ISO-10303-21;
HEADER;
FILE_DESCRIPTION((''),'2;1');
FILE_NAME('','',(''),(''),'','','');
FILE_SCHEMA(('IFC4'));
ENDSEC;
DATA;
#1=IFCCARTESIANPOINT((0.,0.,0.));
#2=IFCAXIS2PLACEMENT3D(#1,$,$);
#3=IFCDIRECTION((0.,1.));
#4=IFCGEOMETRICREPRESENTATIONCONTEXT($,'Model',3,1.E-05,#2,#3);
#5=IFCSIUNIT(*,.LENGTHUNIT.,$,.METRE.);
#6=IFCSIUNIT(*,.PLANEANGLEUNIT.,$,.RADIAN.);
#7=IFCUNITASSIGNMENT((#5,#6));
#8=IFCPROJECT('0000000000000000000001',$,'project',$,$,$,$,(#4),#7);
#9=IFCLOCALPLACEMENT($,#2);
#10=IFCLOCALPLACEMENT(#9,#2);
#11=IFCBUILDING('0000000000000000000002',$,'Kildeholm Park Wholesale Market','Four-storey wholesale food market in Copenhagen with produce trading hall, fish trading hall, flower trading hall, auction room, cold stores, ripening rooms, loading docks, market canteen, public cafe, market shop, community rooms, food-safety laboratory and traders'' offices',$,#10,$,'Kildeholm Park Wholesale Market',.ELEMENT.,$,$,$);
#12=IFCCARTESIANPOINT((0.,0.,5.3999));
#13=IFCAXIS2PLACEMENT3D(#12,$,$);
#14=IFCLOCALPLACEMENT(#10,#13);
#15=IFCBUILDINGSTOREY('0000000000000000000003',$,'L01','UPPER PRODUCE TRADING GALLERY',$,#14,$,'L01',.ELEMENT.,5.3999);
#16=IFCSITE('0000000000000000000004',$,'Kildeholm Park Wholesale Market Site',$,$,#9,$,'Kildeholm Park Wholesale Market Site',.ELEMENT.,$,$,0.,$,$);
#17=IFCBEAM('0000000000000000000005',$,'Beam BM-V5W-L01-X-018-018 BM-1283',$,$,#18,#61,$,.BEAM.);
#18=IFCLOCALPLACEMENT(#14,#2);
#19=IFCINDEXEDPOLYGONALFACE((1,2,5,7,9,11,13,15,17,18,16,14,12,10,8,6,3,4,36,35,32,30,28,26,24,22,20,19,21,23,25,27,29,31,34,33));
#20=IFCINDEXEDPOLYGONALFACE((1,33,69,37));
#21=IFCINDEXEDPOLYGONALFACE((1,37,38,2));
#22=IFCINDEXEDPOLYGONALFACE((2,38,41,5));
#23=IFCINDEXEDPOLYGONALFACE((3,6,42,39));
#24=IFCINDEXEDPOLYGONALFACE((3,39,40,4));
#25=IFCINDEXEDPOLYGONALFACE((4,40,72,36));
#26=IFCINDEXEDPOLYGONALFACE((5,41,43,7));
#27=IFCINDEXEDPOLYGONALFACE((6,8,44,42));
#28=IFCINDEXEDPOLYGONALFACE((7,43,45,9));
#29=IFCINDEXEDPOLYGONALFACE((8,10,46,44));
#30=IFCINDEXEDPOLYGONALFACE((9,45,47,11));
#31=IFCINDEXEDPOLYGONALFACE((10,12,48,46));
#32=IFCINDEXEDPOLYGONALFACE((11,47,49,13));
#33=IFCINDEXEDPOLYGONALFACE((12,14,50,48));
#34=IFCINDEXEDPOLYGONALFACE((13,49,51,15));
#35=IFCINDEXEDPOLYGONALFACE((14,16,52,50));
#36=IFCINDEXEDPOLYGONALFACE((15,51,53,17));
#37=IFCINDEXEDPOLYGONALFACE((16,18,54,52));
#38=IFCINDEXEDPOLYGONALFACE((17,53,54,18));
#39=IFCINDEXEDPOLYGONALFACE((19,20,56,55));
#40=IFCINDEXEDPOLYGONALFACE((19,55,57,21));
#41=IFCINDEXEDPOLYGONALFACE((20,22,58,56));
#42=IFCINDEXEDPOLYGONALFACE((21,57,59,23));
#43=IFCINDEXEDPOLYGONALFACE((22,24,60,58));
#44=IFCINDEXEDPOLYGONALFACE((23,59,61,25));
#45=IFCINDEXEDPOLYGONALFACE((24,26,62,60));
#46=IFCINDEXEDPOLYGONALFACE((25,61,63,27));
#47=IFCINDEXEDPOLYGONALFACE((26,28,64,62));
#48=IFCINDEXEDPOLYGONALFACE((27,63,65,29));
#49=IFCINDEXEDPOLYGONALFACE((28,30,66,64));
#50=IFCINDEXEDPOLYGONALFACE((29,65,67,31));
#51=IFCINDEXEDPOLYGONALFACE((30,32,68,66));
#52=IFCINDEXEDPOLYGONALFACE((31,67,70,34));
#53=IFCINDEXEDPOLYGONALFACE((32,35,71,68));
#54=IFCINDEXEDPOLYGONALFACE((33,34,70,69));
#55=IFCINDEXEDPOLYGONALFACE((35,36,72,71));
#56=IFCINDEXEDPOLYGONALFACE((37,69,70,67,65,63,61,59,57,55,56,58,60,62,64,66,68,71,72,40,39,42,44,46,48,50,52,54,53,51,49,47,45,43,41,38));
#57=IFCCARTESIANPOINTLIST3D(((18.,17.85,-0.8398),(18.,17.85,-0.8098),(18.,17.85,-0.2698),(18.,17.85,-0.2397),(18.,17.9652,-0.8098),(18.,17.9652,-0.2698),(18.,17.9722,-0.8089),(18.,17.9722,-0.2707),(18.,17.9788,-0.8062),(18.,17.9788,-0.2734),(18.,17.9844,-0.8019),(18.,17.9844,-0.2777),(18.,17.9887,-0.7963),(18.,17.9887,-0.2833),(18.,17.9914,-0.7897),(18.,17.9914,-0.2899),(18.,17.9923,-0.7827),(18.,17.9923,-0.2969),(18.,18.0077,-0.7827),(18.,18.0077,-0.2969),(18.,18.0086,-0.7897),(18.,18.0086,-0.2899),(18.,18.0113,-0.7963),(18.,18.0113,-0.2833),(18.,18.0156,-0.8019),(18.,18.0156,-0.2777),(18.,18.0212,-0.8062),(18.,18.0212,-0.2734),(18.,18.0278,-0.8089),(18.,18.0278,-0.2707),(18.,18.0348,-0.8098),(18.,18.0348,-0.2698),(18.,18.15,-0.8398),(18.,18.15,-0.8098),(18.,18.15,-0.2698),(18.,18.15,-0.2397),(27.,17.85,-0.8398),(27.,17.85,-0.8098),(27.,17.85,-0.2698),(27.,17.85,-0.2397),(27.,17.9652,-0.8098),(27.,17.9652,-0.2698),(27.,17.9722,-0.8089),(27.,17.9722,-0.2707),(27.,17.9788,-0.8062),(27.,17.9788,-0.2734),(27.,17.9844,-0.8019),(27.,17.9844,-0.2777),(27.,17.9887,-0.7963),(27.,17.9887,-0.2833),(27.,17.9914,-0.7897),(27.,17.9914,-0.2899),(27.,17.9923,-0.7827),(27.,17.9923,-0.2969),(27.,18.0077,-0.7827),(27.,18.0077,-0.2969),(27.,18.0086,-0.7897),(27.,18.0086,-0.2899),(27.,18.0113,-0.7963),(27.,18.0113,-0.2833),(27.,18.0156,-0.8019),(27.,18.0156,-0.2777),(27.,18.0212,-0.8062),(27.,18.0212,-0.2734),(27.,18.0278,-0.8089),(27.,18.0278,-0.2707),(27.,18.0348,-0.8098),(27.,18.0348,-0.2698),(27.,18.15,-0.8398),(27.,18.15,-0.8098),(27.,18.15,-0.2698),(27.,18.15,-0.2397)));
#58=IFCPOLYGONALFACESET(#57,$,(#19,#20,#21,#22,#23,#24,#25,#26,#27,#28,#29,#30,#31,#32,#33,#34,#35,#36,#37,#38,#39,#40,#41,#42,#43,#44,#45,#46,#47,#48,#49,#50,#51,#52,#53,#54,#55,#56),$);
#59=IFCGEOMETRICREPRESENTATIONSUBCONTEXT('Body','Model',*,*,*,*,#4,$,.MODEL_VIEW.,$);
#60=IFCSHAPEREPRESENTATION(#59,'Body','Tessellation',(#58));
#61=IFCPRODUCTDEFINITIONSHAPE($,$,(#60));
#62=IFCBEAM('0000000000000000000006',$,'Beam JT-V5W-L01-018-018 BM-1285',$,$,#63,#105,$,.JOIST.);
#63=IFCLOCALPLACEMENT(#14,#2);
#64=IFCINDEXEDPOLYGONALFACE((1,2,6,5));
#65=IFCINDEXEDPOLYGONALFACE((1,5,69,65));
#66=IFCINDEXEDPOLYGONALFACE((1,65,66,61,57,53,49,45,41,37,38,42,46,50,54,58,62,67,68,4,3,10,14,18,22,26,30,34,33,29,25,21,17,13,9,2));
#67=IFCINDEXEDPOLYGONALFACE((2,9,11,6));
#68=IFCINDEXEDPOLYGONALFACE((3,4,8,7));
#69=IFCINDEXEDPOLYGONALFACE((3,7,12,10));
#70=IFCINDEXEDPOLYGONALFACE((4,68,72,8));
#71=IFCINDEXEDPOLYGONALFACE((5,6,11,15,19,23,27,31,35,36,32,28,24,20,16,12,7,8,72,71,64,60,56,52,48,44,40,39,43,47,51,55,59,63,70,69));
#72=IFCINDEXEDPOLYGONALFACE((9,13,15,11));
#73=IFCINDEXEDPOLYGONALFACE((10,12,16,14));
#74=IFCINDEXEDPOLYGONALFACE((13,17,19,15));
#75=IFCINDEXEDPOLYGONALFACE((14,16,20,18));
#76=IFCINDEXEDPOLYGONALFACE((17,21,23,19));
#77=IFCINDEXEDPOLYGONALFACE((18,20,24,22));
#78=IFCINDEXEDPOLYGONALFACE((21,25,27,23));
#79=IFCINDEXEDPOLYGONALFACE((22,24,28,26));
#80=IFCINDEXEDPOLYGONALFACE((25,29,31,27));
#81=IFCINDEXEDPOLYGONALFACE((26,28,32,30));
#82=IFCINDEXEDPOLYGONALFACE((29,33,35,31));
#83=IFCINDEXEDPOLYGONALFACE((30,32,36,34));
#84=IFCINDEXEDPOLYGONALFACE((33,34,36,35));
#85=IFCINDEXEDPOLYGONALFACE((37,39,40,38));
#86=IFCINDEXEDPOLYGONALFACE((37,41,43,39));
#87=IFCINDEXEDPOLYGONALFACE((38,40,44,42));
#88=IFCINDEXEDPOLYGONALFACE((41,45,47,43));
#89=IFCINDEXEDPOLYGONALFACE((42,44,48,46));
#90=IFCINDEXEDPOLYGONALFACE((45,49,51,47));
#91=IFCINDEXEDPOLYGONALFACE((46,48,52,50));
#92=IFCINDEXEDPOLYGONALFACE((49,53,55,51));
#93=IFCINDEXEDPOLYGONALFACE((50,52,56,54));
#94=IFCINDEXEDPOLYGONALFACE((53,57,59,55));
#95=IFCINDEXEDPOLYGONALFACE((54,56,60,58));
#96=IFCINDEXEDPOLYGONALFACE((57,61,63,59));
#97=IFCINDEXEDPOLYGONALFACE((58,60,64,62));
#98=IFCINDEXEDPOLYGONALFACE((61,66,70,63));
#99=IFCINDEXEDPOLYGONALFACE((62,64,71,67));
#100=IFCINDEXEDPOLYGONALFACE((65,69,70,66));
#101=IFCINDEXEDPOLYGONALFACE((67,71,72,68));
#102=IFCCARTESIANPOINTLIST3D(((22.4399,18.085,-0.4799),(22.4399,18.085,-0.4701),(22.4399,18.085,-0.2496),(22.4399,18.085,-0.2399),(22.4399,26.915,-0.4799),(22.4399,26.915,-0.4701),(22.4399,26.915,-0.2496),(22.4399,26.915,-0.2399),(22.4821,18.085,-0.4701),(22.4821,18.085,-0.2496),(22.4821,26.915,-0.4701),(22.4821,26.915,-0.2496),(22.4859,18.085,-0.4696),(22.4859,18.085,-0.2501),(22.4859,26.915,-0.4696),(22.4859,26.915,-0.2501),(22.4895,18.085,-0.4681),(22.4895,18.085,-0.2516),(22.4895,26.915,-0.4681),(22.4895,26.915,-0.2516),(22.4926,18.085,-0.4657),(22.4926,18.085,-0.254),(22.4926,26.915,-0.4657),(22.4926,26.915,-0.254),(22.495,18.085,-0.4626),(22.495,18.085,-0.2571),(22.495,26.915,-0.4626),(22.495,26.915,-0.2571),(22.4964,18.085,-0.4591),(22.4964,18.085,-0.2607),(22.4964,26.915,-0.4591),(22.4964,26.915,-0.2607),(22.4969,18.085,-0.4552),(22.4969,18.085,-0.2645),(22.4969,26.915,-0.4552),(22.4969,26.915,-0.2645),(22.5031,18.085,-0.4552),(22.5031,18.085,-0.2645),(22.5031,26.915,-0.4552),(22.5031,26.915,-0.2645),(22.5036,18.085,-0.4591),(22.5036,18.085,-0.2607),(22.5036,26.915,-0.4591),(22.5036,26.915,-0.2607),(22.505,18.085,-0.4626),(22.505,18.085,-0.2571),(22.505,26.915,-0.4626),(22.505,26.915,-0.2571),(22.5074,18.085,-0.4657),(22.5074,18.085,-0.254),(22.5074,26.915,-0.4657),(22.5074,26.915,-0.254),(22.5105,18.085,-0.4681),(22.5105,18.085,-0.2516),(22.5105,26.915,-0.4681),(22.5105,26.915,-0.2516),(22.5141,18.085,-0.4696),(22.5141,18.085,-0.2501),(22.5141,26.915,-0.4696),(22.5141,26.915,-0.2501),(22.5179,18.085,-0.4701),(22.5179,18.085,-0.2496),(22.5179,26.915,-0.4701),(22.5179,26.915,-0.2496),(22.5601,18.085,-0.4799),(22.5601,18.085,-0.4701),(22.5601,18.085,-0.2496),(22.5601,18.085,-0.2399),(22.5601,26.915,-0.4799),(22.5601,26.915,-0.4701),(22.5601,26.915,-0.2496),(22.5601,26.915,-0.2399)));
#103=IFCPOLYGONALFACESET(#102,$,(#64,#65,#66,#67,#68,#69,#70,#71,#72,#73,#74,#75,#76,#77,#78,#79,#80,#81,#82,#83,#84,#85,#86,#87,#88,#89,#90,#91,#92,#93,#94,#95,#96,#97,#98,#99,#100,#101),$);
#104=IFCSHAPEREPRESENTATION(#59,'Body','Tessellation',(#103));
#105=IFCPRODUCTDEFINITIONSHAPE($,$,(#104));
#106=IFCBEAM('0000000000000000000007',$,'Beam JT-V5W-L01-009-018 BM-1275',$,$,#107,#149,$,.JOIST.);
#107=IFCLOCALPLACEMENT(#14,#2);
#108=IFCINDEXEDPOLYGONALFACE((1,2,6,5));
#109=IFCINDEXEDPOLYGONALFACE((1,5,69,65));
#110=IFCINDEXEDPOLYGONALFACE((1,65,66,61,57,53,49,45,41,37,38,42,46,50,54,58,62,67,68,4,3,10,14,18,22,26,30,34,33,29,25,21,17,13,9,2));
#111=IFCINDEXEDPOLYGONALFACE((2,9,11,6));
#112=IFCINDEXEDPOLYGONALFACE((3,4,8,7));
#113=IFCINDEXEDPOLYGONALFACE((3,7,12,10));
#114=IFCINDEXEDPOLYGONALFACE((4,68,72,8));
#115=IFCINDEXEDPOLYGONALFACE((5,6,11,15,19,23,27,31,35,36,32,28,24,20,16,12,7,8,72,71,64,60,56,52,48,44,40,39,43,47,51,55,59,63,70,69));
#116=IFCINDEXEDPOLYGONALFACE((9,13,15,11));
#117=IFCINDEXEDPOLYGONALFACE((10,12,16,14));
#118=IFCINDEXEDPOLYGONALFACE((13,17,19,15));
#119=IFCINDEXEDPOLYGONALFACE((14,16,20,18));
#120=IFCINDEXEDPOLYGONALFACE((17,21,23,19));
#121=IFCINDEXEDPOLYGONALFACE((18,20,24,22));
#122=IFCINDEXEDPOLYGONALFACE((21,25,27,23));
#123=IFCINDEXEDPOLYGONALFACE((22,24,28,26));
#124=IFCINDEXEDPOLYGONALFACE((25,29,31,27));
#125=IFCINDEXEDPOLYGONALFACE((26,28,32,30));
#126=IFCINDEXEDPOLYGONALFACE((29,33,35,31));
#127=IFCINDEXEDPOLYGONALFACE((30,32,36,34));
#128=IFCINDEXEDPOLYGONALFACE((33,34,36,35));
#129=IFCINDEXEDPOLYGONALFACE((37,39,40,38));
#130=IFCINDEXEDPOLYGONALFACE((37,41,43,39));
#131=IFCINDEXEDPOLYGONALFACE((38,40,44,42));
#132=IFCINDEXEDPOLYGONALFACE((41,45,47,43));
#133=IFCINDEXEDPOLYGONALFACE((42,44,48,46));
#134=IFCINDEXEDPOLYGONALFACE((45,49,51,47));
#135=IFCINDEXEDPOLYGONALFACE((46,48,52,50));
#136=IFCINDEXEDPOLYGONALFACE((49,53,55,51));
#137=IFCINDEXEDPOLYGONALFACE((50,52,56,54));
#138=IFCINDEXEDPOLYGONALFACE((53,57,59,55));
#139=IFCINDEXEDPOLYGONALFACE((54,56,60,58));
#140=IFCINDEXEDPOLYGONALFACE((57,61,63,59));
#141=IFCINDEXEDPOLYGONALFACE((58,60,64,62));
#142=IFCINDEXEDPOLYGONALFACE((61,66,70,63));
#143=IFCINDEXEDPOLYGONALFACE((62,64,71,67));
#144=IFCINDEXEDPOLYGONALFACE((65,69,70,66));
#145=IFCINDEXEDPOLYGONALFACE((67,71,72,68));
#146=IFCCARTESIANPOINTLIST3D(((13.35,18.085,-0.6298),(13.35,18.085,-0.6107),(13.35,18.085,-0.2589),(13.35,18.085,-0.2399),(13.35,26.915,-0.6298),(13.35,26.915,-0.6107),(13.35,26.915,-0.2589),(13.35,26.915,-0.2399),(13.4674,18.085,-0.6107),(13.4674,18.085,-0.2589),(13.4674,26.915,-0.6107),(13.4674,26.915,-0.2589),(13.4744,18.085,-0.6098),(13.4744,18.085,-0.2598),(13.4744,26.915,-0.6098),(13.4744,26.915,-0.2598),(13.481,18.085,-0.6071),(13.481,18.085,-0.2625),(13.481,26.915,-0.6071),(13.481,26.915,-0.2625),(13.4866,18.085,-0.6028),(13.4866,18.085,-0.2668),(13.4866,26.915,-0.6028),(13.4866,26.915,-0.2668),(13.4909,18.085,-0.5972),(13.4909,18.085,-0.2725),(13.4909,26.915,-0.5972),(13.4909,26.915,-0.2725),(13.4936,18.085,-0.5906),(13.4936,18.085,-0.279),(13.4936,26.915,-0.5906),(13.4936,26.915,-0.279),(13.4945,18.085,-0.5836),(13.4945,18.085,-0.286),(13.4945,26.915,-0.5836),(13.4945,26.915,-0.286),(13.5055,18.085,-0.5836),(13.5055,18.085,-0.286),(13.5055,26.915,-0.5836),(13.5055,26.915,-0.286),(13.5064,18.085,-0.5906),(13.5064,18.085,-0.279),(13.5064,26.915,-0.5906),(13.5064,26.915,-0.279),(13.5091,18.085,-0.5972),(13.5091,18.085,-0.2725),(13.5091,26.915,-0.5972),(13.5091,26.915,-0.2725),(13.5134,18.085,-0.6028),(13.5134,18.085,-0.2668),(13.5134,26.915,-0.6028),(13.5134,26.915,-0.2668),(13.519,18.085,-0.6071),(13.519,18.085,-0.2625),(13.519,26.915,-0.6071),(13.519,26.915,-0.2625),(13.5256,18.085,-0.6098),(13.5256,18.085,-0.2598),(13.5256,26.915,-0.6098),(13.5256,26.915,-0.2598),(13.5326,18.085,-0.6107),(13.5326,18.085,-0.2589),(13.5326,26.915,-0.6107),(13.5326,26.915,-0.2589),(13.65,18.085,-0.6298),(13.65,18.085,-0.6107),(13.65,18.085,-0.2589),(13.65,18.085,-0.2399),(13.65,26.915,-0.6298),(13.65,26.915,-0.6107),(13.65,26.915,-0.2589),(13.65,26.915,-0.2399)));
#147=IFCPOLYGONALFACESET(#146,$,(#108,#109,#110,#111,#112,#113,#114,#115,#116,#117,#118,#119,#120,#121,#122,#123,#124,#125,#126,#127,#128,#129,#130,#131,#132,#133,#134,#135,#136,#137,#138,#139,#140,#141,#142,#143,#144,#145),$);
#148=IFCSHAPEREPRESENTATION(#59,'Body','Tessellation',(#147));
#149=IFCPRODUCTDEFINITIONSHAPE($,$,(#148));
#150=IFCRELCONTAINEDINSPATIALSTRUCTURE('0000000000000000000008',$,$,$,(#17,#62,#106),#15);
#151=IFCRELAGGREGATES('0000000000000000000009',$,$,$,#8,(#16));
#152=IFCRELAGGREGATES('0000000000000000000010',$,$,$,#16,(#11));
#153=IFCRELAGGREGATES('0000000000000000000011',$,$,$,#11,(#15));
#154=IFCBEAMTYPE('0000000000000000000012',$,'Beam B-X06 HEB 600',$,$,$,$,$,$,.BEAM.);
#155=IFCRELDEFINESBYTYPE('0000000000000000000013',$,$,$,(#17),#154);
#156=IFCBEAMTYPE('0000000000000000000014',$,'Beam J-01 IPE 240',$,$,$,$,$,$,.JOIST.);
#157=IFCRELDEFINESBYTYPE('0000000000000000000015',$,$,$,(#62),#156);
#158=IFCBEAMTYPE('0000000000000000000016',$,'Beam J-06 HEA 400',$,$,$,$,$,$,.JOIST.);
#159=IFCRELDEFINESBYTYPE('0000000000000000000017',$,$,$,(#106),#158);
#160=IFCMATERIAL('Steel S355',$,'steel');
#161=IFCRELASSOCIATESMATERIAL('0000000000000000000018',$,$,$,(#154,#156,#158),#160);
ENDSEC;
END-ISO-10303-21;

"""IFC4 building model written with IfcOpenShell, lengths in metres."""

from ifc_helpers import new_model, si_unit, direction, frame, origin, origin_2d, place, context, subcontext, project, spatial, i_section, extrude, material, material_profile, profile_set, type_object, element, save


model = new_model("IFC4")

# Units and contexts
model_context = context("Model", 3, precision=1e-05, world=origin(), true_north=direction((0.0, 1.0)))
body_context = subcontext(model_context, "Body", "Model", "MODEL_VIEW")
ifc_project = project(units=[si_unit("LENGTHUNIT", "METRE"), si_unit("PLANEANGLEUNIT", "RADIAN")], contexts=[model_context])

# Site, building, storey
site_placement = place(None, origin())
site = spatial("IfcSite", under=ifc_project, at=site_placement, Name="Kildeholm Park Wholesale Market Site", LongName="Kildeholm Park Wholesale Market Site", CompositionType="ELEMENT", RefElevation=0.0)
building_placement = place(site_placement, origin())
building = spatial("IfcBuilding", under=site, at=building_placement, Name="Kildeholm Park Wholesale Market", Description="Four-storey wholesale food market in Copenhagen with produce trading hall, fish trading hall, flower trading hall, auction room, cold stores, ripening rooms, loading docks, market canteen, public cafe, market shop, community rooms, food-safety laboratory and traders' offices", LongName="Kildeholm Park Wholesale Market", CompositionType="ELEMENT")
storey_placement = place(building_placement, frame((0.0, 0.0, 5.3999)))
storey = spatial("IfcBuildingStorey", under=building, at=storey_placement, Name="L01", Description="UPPER PRODUCE TRADING GALLERY", LongName="L01", CompositionType="ELEMENT", Elevation=5.3999)

# Shared definitions
ifc_material_1 = material(Name="Steel S355", Category="steel")

# Beams
ifc_material_profile_1 = material_profile(ifc_material_1, i_section(OverallWidth=0.3, OverallDepth=0.6001, WebThickness=0.0154, FlangeThickness=0.03, FilletRadius=0.0271, at=origin_2d()), Name="HEB 600")
ifc_profile_set_1 = profile_set([ifc_material_profile_1], Name="Steel S355")
beam_type_1 = type_object("IfcBeamType", Name="Beam B-X06 HEB 600", PredefinedType="BEAM", material=ifc_profile_set_1)
beam_1_placement = place(storey_placement, frame((18.0, 18.0, -0.5398), z_axis=(1.0, 0.0, 0.0), x_axis=(0.0, 1.0, 0.0)))
element("IfcBeam", 1, at=beam_1_placement, inside=storey, type_object=beam_type_1, Name="Beam BM-V5W-L01-X-018-018 BM-1283", PredefinedType="BEAM", context=body_context, shape_type="SweptSolid", body=[
    extrude(i_section(OverallWidth=0.3, OverallDepth=0.6001, WebThickness=0.0154, FlangeThickness=0.03, FilletRadius=0.0271, at=origin_2d()), origin(), (0.0, 0.0, 1.0), 9.0),
])
ifc_material_profile_2 = material_profile(ifc_material_1, i_section(OverallWidth=0.1201, OverallDepth=0.24, WebThickness=0.0061, FlangeThickness=0.0098, FilletRadius=0.0149, at=origin_2d()), Name="IPE 240")
ifc_profile_set_2 = profile_set([ifc_material_profile_2], Name="Steel S355")
beam_type_2 = type_object("IfcBeamType", Name="Beam J-01 IPE 240", PredefinedType="JOIST", material=ifc_profile_set_2)
beam_2_placement = place(storey_placement, frame((22.5, 18.085, -0.3599), z_axis=(0.0, 1.0, 0.0), x_axis=(-1.0, 0.0, 0.0)))
element("IfcBeam", 2, at=beam_2_placement, inside=storey, type_object=beam_type_2, Name="Beam JT-V5W-L01-018-018 BM-1285", PredefinedType="JOIST", context=body_context, shape_type="SweptSolid", body=[
    extrude(i_section(OverallWidth=0.1201, OverallDepth=0.24, WebThickness=0.0061, FlangeThickness=0.0098, FilletRadius=0.0149, at=origin_2d()), origin(), (0.0, 0.0, 1.0), 8.8301),
])
ifc_material_profile_3 = material_profile(ifc_material_1, i_section(OverallWidth=0.3, OverallDepth=0.3899, WebThickness=0.011, FlangeThickness=0.019, FilletRadius=0.0271, at=origin_2d()), Name="HEA 400")
ifc_profile_set_3 = profile_set([ifc_material_profile_3], Name="Steel S355")
beam_type_3 = type_object("IfcBeamType", Name="Beam J-06 HEA 400", PredefinedType="JOIST", material=ifc_profile_set_3)
beam_3_placement = place(storey_placement, frame((13.5, 18.085, -0.4348), z_axis=(0.0, 1.0, 0.0), x_axis=(-1.0, 0.0, 0.0)))
element("IfcBeam", 3, at=beam_3_placement, inside=storey, type_object=beam_type_3, Name="Beam JT-V5W-L01-009-018 BM-1275", PredefinedType="JOIST", context=body_context, shape_type="SweptSolid", body=[
    extrude(i_section(OverallWidth=0.3, OverallDepth=0.3899, WebThickness=0.011, FlangeThickness=0.019, FilletRadius=0.0271, at=origin_2d()), origin(), (0.0, 0.0, 1.0), 8.8301),
])

save(model, "model.ifc")
